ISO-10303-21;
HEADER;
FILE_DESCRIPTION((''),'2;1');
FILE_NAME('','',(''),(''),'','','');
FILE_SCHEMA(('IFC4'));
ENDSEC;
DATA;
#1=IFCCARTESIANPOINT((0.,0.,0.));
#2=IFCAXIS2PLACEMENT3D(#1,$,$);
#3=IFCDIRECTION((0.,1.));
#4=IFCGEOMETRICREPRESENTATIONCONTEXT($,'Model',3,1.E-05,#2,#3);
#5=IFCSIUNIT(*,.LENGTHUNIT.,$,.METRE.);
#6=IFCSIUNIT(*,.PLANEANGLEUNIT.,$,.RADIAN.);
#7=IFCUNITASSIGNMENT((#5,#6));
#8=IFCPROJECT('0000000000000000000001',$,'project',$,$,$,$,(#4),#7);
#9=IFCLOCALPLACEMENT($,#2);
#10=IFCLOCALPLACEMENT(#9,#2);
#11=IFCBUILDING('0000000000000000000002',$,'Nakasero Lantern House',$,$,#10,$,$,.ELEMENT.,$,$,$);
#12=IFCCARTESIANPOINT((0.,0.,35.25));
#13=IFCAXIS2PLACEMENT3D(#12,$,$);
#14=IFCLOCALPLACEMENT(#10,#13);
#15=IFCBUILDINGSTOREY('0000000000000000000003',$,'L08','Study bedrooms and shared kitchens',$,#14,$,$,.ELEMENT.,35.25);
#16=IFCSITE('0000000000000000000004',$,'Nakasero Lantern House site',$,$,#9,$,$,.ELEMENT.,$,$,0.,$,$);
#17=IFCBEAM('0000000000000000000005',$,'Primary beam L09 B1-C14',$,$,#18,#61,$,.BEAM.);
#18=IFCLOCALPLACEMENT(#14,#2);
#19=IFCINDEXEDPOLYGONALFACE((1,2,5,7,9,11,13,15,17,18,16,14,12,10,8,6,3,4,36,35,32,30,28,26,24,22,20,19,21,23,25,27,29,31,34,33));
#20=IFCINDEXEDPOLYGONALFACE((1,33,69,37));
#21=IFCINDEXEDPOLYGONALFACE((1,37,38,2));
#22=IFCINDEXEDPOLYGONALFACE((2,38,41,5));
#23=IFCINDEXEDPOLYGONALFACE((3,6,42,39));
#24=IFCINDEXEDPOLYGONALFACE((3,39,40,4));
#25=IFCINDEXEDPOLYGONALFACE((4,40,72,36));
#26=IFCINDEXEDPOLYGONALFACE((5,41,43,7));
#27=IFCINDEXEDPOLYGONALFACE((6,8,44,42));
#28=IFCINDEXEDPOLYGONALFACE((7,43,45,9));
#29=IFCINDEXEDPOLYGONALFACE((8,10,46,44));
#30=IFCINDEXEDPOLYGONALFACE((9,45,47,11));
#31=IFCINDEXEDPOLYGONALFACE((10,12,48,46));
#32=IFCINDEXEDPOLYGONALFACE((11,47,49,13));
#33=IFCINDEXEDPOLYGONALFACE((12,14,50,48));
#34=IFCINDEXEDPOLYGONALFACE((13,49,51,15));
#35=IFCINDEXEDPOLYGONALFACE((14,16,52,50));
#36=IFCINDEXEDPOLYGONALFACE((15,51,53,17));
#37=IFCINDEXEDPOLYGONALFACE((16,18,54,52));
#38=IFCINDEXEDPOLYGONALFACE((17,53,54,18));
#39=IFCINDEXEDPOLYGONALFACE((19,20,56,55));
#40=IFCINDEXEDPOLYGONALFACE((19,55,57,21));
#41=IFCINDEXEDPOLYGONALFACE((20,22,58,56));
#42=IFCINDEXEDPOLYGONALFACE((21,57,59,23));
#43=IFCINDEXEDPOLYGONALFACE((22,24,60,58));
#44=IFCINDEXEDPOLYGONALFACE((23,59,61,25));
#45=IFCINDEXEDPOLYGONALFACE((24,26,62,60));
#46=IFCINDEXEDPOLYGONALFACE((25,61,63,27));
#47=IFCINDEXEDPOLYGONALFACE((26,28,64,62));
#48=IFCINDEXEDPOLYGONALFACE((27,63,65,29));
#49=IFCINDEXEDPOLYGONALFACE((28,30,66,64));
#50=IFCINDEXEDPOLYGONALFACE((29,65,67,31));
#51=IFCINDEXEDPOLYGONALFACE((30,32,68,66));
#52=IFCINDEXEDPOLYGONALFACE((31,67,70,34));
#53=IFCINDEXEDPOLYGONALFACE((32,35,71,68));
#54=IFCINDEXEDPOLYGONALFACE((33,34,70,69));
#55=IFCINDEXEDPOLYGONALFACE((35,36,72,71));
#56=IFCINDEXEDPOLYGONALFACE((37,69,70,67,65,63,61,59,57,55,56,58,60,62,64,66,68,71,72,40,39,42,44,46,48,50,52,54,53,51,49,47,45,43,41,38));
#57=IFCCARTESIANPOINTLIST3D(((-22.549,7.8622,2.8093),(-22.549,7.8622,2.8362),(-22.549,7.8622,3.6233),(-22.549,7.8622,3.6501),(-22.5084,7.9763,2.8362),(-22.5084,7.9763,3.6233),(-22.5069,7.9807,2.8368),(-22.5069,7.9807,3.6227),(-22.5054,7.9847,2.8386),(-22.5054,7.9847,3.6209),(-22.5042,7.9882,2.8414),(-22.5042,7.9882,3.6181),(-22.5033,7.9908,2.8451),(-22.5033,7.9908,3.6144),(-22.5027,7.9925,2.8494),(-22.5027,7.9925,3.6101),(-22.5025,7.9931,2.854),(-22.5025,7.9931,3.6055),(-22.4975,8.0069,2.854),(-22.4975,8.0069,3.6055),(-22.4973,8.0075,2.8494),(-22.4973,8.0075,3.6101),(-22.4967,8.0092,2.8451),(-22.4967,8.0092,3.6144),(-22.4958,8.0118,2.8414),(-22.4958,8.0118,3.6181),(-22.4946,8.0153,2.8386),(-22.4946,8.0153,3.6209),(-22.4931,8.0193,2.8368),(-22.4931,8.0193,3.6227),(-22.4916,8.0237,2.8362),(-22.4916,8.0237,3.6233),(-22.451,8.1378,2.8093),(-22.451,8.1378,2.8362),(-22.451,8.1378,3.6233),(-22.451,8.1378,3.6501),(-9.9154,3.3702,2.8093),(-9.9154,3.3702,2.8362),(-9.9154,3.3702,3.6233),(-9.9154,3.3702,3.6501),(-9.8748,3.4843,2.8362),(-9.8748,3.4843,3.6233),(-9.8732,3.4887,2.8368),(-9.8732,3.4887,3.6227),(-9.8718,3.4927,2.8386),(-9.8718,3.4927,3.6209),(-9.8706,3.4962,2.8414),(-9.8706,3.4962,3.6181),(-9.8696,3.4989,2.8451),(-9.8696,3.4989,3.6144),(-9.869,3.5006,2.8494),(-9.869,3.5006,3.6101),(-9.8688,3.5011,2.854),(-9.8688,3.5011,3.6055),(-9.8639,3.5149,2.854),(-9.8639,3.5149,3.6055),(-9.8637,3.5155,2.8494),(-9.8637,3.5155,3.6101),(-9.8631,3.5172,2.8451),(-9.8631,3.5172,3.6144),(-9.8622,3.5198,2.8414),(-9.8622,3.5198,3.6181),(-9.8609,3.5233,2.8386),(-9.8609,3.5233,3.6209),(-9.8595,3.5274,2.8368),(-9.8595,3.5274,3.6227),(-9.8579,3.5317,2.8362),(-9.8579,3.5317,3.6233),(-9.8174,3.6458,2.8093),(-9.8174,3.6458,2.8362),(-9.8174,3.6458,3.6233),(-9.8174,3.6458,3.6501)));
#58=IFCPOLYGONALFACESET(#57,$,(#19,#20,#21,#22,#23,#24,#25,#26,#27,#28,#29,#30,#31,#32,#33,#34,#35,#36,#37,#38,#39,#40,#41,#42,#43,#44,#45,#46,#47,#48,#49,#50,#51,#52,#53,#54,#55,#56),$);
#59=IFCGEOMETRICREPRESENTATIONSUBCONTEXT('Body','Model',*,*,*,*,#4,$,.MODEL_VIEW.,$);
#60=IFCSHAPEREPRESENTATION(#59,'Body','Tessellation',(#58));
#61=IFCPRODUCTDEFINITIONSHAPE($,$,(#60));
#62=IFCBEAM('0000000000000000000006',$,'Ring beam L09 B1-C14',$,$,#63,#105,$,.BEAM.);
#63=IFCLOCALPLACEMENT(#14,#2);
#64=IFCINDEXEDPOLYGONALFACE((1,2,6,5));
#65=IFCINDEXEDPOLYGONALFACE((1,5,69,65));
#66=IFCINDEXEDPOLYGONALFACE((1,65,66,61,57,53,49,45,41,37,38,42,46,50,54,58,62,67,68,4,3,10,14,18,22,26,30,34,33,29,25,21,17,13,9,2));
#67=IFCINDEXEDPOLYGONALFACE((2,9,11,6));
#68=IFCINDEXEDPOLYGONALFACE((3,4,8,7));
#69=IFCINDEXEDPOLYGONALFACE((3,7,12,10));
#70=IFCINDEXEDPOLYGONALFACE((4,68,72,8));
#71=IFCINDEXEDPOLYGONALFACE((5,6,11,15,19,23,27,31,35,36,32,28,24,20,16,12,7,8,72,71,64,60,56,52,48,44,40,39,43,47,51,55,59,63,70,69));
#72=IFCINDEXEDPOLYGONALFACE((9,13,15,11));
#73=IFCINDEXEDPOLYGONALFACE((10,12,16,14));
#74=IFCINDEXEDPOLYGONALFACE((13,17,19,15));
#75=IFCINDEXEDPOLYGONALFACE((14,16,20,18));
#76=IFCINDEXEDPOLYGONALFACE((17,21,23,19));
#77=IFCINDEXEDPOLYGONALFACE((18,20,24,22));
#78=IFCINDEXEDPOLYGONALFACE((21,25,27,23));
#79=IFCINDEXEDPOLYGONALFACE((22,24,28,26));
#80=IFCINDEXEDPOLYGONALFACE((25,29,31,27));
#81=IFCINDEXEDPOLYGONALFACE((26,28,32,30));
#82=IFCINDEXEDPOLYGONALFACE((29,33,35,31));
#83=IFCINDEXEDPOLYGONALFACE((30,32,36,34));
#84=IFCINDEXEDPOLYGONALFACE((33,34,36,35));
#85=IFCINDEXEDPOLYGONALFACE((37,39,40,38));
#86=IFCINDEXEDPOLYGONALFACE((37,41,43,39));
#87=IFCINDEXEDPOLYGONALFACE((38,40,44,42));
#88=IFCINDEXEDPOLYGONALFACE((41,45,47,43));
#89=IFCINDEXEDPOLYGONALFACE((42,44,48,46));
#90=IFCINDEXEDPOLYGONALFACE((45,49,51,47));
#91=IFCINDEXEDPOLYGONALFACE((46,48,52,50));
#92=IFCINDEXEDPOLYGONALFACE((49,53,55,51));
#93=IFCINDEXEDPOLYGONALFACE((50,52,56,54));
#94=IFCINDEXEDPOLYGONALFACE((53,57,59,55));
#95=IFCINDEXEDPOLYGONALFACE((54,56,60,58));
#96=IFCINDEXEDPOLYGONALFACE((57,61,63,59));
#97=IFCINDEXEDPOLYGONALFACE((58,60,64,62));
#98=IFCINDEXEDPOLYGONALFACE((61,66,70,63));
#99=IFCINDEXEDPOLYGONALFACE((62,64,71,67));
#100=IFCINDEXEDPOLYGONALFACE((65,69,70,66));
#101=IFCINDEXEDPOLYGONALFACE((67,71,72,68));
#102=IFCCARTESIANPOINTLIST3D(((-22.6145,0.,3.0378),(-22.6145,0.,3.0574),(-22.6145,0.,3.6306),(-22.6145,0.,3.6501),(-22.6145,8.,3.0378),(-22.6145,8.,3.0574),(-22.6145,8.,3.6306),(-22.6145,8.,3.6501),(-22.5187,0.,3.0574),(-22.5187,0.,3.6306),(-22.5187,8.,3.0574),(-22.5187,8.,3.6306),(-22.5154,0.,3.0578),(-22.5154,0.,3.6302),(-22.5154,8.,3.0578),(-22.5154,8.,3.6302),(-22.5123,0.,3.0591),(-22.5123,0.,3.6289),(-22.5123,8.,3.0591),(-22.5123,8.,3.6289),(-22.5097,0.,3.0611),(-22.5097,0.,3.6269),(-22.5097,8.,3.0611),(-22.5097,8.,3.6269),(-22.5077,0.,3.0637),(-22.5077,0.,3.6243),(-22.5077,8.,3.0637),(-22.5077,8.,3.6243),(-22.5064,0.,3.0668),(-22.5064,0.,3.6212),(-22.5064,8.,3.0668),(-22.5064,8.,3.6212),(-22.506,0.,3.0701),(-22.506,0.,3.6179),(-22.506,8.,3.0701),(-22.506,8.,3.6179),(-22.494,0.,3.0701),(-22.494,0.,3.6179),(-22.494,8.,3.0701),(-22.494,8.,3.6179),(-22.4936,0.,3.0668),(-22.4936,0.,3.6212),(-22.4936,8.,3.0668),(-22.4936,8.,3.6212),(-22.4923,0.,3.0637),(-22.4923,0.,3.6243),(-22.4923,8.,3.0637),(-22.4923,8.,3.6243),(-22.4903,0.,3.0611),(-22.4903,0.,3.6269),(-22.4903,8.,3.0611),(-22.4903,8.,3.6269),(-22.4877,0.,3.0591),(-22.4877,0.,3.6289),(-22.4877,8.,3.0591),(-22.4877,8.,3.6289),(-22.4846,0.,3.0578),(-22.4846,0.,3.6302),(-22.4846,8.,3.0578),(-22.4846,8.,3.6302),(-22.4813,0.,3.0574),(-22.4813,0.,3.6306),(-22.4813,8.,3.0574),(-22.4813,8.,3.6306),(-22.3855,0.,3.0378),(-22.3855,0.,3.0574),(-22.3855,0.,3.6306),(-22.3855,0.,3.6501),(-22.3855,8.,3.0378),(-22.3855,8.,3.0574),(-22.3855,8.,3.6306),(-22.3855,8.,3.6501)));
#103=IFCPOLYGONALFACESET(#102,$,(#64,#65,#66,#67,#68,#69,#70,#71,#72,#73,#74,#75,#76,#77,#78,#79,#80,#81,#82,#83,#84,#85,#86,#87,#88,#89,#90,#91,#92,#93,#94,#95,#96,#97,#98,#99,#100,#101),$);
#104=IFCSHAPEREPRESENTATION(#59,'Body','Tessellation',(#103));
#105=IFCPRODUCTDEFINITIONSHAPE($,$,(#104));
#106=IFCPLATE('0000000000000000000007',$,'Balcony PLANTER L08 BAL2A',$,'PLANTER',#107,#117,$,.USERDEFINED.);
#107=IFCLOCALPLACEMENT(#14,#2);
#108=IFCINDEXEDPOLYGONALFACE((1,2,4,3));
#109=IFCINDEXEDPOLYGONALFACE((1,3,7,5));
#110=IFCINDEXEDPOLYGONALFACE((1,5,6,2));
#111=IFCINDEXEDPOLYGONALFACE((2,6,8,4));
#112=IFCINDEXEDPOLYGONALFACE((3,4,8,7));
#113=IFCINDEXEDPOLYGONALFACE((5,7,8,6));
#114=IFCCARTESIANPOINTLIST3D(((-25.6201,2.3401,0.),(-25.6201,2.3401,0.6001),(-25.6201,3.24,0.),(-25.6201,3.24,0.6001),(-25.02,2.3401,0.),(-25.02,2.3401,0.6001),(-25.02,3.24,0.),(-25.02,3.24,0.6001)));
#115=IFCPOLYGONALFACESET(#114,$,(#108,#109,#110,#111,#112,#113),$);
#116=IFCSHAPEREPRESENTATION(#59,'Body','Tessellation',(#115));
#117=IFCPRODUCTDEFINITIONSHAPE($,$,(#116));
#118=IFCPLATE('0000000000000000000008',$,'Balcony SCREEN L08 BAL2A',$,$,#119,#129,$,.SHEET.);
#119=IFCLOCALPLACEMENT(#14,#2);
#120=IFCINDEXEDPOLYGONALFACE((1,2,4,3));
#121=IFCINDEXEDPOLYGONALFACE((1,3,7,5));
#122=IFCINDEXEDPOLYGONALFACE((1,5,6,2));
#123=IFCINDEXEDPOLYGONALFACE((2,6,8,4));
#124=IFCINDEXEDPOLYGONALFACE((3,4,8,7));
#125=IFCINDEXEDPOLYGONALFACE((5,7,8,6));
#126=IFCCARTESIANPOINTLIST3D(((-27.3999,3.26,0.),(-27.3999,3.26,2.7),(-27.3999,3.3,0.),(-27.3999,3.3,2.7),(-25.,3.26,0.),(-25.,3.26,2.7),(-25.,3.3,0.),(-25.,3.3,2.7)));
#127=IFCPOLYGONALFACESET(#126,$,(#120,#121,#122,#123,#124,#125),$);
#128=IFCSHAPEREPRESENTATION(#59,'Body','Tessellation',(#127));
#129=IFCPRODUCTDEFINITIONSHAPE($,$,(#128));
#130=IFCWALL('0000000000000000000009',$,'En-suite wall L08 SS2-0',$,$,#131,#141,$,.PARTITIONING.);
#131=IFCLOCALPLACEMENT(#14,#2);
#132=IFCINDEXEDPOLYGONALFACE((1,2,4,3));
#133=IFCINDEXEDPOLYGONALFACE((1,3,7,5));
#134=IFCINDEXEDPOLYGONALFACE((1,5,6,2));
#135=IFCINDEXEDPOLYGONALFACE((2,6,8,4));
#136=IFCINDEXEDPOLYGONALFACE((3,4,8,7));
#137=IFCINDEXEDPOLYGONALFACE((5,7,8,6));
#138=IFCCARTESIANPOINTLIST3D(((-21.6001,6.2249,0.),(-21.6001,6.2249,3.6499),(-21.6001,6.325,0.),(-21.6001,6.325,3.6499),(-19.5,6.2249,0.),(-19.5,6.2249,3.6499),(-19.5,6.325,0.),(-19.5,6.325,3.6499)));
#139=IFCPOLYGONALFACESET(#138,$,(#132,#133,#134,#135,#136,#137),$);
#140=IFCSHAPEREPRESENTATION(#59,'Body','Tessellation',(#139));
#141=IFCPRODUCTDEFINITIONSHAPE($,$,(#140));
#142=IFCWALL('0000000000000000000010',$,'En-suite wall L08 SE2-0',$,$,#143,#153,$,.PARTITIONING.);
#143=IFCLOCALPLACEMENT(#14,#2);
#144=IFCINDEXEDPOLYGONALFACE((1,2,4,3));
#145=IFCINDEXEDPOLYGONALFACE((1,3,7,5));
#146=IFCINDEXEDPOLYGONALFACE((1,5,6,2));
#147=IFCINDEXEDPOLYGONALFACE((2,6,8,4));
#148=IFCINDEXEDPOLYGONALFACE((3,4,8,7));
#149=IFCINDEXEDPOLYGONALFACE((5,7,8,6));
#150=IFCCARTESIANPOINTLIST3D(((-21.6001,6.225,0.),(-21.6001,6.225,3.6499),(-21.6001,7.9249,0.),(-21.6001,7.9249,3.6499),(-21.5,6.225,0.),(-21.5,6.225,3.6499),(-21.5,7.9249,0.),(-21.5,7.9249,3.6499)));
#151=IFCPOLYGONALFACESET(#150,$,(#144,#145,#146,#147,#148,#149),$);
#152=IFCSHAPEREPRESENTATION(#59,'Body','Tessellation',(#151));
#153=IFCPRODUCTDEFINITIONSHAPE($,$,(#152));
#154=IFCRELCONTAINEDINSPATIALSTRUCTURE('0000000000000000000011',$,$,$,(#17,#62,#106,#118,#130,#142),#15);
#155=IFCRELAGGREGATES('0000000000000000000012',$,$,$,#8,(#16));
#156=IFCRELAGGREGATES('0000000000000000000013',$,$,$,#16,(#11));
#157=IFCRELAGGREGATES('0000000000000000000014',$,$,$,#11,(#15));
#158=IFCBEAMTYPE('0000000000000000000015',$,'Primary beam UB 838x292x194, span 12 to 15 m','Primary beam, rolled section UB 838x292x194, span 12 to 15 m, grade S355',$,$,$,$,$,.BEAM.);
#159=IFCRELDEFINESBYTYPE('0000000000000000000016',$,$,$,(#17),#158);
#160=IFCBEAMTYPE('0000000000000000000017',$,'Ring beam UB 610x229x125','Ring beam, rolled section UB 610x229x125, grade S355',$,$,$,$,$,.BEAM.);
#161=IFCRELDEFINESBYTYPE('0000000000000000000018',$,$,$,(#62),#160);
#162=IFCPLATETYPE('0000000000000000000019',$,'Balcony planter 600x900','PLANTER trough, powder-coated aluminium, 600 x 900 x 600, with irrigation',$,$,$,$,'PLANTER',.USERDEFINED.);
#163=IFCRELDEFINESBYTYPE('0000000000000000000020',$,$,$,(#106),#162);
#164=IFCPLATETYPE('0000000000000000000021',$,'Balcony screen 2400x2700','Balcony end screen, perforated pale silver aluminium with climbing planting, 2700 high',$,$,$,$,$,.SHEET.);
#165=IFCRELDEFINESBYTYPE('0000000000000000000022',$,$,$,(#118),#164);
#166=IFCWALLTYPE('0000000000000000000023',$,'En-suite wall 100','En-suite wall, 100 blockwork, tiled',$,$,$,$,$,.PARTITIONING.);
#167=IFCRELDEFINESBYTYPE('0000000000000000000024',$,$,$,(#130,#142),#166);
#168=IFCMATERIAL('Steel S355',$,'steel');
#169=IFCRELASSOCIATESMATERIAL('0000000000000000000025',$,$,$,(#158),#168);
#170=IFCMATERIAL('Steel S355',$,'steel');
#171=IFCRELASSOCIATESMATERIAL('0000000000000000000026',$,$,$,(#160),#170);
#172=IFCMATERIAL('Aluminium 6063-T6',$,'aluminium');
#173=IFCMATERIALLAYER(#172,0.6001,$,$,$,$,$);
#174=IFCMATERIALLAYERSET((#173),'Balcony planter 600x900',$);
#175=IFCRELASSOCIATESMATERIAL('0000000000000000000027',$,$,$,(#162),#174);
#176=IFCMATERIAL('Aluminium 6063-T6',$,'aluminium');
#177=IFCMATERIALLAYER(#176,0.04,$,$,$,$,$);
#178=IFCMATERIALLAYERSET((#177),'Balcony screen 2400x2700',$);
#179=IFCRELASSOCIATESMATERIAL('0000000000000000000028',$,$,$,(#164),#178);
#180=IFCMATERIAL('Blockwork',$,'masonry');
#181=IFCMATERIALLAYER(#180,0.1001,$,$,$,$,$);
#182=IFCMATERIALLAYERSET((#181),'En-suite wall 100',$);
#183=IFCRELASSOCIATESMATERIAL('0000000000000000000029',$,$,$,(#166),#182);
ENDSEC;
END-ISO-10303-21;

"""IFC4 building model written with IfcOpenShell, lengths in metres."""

from ifc_helpers import new_model, si_unit, direction, frame, frame_2d, origin, origin_2d, place, context, subcontext, project, spatial, rectangle, i_section, extrude, material, layer, layer_set, material_profile, profile_set, type_object, element, save


model = new_model("IFC4")

# Units and contexts
model_context = context("Model", 3, precision=1e-05, world=origin(), true_north=direction((0.0, 1.0)))
body_context = subcontext(model_context, "Body", "Model", "MODEL_VIEW")
ifc_project = project(units=[si_unit("LENGTHUNIT", "METRE"), si_unit("PLANEANGLEUNIT", "RADIAN")], contexts=[model_context])

# Site, building, storey
site_placement = place(None, origin())
site = spatial("IfcSite", under=ifc_project, at=site_placement, Name="Nakasero Lantern House site", CompositionType="ELEMENT", RefElevation=0.0)
building_placement = place(site_placement, origin())
building = spatial("IfcBuilding", under=site, at=building_placement, Name="Nakasero Lantern House", CompositionType="ELEMENT")
storey_placement = place(building_placement, frame((0.0, 0.0, 35.25)))
storey = spatial("IfcBuildingStorey", under=building, at=storey_placement, Name="L08", Description="Study bedrooms and shared kitchens", CompositionType="ELEMENT", Elevation=35.25)

# Beams
ifc_material_1 = material(Name="Steel S355", Category="steel")
ifc_material_profile_1 = material_profile(ifc_material_1, i_section(OverallWidth=0.2925, OverallDepth=0.8408, WebThickness=0.0146, FlangeThickness=0.0269, FilletRadius=0.0178, at=origin_2d()), Name="UB 838x292x194")
ifc_profile_set_1 = profile_set([ifc_material_profile_1], Name="Steel S355")
beam_type_1 = type_object("IfcBeamType", Name="Primary beam UB 838x292x194, span 12 to 15 m", Description="Primary beam, rolled section UB 838x292x194, span 12 to 15 m, grade S355", PredefinedType="BEAM", material=ifc_profile_set_1)
beam_1_placement = place(storey_placement, frame((-22.5, 8.0, 3.2297), z_axis=(0.942214, -0.335011, 0.0), x_axis=(0.335011, 0.942214, 0.0)))
element("IfcBeam", 1, at=beam_1_placement, inside=storey, type_object=beam_type_1, Name="Primary beam L09 B1-C14", PredefinedType="BEAM", context=body_context, shape_type="SweptSolid", body=[
    extrude(i_section(OverallWidth=0.2925, OverallDepth=0.8408, WebThickness=0.0146, FlangeThickness=0.0269, FilletRadius=0.0178, at=origin_2d()), origin(), (0.0, 0.0, 1.0), 13.4084),
])
ifc_material_2 = material(Name="Steel S355", Category="steel")
ifc_material_profile_2 = material_profile(ifc_material_2, i_section(OverallWidth=0.229, OverallDepth=0.6123, WebThickness=0.012, FlangeThickness=0.0195, FilletRadius=0.0127, at=origin_2d()), Name="UB 610x229x125")
ifc_profile_set_2 = profile_set([ifc_material_profile_2], Name="Steel S355")
beam_type_2 = type_object("IfcBeamType", Name="Ring beam UB 610x229x125", Description="Ring beam, rolled section UB 610x229x125, grade S355", PredefinedType="BEAM", material=ifc_profile_set_2)
beam_2_placement = place(storey_placement, frame((-22.5, 8.0, 3.344), z_axis=(0.0, -1.0, 0.0), x_axis=(1.0, 0.0, 0.0)))
element("IfcBeam", 2, at=beam_2_placement, inside=storey, type_object=beam_type_2, Name="Ring beam L09 B1-C14", PredefinedType="BEAM", context=body_context, shape_type="SweptSolid", body=[
    extrude(i_section(OverallWidth=0.229, OverallDepth=0.6123, WebThickness=0.012, FlangeThickness=0.0195, FilletRadius=0.0127, at=origin_2d()), origin(), (0.0, 0.0, 1.0), 8.0),
])

# Plates
ifc_material_3 = material(Name="Aluminium 6063-T6", Category="aluminium")
ifc_layer_1 = layer(ifc_material_3, 0.6001)
ifc_layer_set_1 = layer_set([ifc_layer_1], Name="Balcony planter 600x900")
plate_type_1 = type_object("IfcPlateType", Name="Balcony planter 600x900", Description="PLANTER trough, powder-coated aluminium, 600 x 900 x 600, with irrigation", ElementType="PLANTER", PredefinedType="USERDEFINED", material=ifc_layer_set_1)
plate_1_placement = place(storey_placement, frame((-25.3201, 2.79, 0.0), z_axis=(0.0, 0.0, 1.0), x_axis=(-1.0, 0.0, 0.0)))
element("IfcPlate", 3, at=plate_1_placement, inside=storey, type_object=plate_type_1, Name="Balcony PLANTER L08 BAL2A", ObjectType="PLANTER", PredefinedType="USERDEFINED", context=body_context, shape_type="SweptSolid", body=[
    extrude(rectangle(XDim=0.6001, YDim=0.8999, at=origin_2d()), origin(), (0.0, 0.0, 1.0), 0.6001),
])
ifc_material_4 = material(Name="Aluminium 6063-T6", Category="aluminium")
ifc_layer_2 = layer(ifc_material_4, 0.04)
ifc_layer_set_2 = layer_set([ifc_layer_2], Name="Balcony screen 2400x2700")
plate_type_2 = type_object("IfcPlateType", Name="Balcony screen 2400x2700", Description="Balcony end screen, perforated pale silver aluminium with climbing planting, 2700 high", PredefinedType="SHEET", material=ifc_layer_set_2)
plate_2_placement = place(storey_placement, frame((-26.2, 3.28, 0.0), z_axis=(0.0, 0.0, 1.0), x_axis=(-1.0, 0.0, 0.0)))
element("IfcPlate", 4, at=plate_2_placement, inside=storey, type_object=plate_type_2, Name="Balcony SCREEN L08 BAL2A", PredefinedType="SHEET", context=body_context, shape_type="SweptSolid", body=[
    extrude(rectangle(XDim=2.3999, YDim=0.04, at=origin_2d()), origin(), (0.0, 0.0, 1.0), 2.7),
])

# Walls
ifc_material_5 = material(Name="Blockwork", Category="masonry")
ifc_layer_3 = layer(ifc_material_5, 0.1001)
ifc_layer_set_3 = layer_set([ifc_layer_3], Name="En-suite wall 100")
wall_type = type_object("IfcWallType", Name="En-suite wall 100", Description="En-suite wall, 100 blockwork, tiled", PredefinedType="PARTITIONING", material=ifc_layer_set_3)
wall_1_placement = place(storey_placement, frame((-19.5, 6.2749, 0.0), z_axis=(0.0, 0.0, 1.0), x_axis=(-1.0, 0.0, 0.0)))
element("IfcWall", 5, at=wall_1_placement, inside=storey, type_object=wall_type, Name="En-suite wall L08 SS2-0", PredefinedType="PARTITIONING", context=body_context, shape_type="SweptSolid", body=[
    extrude(rectangle(XDim=2.1001, YDim=0.1001, at=frame_2d((1.05, 0.0))), origin(), (0.0, 0.0, 1.0), 3.6499),
])
wall_2_placement = place(storey_placement, frame((-21.55, 7.925, 0.0), z_axis=(0.0, 0.0, 1.0), x_axis=(0.0, -1.0, 0.0)))
element("IfcWall", 6, at=wall_2_placement, inside=storey, type_object=wall_type, Name="En-suite wall L08 SE2-0", PredefinedType="PARTITIONING", context=body_context, shape_type="SweptSolid", body=[
    extrude(rectangle(XDim=1.7, YDim=0.1001, at=frame_2d((0.8501, 0.0))), origin(), (0.0, 0.0, 1.0), 3.6499),
])

save(model, "model.ifc")
